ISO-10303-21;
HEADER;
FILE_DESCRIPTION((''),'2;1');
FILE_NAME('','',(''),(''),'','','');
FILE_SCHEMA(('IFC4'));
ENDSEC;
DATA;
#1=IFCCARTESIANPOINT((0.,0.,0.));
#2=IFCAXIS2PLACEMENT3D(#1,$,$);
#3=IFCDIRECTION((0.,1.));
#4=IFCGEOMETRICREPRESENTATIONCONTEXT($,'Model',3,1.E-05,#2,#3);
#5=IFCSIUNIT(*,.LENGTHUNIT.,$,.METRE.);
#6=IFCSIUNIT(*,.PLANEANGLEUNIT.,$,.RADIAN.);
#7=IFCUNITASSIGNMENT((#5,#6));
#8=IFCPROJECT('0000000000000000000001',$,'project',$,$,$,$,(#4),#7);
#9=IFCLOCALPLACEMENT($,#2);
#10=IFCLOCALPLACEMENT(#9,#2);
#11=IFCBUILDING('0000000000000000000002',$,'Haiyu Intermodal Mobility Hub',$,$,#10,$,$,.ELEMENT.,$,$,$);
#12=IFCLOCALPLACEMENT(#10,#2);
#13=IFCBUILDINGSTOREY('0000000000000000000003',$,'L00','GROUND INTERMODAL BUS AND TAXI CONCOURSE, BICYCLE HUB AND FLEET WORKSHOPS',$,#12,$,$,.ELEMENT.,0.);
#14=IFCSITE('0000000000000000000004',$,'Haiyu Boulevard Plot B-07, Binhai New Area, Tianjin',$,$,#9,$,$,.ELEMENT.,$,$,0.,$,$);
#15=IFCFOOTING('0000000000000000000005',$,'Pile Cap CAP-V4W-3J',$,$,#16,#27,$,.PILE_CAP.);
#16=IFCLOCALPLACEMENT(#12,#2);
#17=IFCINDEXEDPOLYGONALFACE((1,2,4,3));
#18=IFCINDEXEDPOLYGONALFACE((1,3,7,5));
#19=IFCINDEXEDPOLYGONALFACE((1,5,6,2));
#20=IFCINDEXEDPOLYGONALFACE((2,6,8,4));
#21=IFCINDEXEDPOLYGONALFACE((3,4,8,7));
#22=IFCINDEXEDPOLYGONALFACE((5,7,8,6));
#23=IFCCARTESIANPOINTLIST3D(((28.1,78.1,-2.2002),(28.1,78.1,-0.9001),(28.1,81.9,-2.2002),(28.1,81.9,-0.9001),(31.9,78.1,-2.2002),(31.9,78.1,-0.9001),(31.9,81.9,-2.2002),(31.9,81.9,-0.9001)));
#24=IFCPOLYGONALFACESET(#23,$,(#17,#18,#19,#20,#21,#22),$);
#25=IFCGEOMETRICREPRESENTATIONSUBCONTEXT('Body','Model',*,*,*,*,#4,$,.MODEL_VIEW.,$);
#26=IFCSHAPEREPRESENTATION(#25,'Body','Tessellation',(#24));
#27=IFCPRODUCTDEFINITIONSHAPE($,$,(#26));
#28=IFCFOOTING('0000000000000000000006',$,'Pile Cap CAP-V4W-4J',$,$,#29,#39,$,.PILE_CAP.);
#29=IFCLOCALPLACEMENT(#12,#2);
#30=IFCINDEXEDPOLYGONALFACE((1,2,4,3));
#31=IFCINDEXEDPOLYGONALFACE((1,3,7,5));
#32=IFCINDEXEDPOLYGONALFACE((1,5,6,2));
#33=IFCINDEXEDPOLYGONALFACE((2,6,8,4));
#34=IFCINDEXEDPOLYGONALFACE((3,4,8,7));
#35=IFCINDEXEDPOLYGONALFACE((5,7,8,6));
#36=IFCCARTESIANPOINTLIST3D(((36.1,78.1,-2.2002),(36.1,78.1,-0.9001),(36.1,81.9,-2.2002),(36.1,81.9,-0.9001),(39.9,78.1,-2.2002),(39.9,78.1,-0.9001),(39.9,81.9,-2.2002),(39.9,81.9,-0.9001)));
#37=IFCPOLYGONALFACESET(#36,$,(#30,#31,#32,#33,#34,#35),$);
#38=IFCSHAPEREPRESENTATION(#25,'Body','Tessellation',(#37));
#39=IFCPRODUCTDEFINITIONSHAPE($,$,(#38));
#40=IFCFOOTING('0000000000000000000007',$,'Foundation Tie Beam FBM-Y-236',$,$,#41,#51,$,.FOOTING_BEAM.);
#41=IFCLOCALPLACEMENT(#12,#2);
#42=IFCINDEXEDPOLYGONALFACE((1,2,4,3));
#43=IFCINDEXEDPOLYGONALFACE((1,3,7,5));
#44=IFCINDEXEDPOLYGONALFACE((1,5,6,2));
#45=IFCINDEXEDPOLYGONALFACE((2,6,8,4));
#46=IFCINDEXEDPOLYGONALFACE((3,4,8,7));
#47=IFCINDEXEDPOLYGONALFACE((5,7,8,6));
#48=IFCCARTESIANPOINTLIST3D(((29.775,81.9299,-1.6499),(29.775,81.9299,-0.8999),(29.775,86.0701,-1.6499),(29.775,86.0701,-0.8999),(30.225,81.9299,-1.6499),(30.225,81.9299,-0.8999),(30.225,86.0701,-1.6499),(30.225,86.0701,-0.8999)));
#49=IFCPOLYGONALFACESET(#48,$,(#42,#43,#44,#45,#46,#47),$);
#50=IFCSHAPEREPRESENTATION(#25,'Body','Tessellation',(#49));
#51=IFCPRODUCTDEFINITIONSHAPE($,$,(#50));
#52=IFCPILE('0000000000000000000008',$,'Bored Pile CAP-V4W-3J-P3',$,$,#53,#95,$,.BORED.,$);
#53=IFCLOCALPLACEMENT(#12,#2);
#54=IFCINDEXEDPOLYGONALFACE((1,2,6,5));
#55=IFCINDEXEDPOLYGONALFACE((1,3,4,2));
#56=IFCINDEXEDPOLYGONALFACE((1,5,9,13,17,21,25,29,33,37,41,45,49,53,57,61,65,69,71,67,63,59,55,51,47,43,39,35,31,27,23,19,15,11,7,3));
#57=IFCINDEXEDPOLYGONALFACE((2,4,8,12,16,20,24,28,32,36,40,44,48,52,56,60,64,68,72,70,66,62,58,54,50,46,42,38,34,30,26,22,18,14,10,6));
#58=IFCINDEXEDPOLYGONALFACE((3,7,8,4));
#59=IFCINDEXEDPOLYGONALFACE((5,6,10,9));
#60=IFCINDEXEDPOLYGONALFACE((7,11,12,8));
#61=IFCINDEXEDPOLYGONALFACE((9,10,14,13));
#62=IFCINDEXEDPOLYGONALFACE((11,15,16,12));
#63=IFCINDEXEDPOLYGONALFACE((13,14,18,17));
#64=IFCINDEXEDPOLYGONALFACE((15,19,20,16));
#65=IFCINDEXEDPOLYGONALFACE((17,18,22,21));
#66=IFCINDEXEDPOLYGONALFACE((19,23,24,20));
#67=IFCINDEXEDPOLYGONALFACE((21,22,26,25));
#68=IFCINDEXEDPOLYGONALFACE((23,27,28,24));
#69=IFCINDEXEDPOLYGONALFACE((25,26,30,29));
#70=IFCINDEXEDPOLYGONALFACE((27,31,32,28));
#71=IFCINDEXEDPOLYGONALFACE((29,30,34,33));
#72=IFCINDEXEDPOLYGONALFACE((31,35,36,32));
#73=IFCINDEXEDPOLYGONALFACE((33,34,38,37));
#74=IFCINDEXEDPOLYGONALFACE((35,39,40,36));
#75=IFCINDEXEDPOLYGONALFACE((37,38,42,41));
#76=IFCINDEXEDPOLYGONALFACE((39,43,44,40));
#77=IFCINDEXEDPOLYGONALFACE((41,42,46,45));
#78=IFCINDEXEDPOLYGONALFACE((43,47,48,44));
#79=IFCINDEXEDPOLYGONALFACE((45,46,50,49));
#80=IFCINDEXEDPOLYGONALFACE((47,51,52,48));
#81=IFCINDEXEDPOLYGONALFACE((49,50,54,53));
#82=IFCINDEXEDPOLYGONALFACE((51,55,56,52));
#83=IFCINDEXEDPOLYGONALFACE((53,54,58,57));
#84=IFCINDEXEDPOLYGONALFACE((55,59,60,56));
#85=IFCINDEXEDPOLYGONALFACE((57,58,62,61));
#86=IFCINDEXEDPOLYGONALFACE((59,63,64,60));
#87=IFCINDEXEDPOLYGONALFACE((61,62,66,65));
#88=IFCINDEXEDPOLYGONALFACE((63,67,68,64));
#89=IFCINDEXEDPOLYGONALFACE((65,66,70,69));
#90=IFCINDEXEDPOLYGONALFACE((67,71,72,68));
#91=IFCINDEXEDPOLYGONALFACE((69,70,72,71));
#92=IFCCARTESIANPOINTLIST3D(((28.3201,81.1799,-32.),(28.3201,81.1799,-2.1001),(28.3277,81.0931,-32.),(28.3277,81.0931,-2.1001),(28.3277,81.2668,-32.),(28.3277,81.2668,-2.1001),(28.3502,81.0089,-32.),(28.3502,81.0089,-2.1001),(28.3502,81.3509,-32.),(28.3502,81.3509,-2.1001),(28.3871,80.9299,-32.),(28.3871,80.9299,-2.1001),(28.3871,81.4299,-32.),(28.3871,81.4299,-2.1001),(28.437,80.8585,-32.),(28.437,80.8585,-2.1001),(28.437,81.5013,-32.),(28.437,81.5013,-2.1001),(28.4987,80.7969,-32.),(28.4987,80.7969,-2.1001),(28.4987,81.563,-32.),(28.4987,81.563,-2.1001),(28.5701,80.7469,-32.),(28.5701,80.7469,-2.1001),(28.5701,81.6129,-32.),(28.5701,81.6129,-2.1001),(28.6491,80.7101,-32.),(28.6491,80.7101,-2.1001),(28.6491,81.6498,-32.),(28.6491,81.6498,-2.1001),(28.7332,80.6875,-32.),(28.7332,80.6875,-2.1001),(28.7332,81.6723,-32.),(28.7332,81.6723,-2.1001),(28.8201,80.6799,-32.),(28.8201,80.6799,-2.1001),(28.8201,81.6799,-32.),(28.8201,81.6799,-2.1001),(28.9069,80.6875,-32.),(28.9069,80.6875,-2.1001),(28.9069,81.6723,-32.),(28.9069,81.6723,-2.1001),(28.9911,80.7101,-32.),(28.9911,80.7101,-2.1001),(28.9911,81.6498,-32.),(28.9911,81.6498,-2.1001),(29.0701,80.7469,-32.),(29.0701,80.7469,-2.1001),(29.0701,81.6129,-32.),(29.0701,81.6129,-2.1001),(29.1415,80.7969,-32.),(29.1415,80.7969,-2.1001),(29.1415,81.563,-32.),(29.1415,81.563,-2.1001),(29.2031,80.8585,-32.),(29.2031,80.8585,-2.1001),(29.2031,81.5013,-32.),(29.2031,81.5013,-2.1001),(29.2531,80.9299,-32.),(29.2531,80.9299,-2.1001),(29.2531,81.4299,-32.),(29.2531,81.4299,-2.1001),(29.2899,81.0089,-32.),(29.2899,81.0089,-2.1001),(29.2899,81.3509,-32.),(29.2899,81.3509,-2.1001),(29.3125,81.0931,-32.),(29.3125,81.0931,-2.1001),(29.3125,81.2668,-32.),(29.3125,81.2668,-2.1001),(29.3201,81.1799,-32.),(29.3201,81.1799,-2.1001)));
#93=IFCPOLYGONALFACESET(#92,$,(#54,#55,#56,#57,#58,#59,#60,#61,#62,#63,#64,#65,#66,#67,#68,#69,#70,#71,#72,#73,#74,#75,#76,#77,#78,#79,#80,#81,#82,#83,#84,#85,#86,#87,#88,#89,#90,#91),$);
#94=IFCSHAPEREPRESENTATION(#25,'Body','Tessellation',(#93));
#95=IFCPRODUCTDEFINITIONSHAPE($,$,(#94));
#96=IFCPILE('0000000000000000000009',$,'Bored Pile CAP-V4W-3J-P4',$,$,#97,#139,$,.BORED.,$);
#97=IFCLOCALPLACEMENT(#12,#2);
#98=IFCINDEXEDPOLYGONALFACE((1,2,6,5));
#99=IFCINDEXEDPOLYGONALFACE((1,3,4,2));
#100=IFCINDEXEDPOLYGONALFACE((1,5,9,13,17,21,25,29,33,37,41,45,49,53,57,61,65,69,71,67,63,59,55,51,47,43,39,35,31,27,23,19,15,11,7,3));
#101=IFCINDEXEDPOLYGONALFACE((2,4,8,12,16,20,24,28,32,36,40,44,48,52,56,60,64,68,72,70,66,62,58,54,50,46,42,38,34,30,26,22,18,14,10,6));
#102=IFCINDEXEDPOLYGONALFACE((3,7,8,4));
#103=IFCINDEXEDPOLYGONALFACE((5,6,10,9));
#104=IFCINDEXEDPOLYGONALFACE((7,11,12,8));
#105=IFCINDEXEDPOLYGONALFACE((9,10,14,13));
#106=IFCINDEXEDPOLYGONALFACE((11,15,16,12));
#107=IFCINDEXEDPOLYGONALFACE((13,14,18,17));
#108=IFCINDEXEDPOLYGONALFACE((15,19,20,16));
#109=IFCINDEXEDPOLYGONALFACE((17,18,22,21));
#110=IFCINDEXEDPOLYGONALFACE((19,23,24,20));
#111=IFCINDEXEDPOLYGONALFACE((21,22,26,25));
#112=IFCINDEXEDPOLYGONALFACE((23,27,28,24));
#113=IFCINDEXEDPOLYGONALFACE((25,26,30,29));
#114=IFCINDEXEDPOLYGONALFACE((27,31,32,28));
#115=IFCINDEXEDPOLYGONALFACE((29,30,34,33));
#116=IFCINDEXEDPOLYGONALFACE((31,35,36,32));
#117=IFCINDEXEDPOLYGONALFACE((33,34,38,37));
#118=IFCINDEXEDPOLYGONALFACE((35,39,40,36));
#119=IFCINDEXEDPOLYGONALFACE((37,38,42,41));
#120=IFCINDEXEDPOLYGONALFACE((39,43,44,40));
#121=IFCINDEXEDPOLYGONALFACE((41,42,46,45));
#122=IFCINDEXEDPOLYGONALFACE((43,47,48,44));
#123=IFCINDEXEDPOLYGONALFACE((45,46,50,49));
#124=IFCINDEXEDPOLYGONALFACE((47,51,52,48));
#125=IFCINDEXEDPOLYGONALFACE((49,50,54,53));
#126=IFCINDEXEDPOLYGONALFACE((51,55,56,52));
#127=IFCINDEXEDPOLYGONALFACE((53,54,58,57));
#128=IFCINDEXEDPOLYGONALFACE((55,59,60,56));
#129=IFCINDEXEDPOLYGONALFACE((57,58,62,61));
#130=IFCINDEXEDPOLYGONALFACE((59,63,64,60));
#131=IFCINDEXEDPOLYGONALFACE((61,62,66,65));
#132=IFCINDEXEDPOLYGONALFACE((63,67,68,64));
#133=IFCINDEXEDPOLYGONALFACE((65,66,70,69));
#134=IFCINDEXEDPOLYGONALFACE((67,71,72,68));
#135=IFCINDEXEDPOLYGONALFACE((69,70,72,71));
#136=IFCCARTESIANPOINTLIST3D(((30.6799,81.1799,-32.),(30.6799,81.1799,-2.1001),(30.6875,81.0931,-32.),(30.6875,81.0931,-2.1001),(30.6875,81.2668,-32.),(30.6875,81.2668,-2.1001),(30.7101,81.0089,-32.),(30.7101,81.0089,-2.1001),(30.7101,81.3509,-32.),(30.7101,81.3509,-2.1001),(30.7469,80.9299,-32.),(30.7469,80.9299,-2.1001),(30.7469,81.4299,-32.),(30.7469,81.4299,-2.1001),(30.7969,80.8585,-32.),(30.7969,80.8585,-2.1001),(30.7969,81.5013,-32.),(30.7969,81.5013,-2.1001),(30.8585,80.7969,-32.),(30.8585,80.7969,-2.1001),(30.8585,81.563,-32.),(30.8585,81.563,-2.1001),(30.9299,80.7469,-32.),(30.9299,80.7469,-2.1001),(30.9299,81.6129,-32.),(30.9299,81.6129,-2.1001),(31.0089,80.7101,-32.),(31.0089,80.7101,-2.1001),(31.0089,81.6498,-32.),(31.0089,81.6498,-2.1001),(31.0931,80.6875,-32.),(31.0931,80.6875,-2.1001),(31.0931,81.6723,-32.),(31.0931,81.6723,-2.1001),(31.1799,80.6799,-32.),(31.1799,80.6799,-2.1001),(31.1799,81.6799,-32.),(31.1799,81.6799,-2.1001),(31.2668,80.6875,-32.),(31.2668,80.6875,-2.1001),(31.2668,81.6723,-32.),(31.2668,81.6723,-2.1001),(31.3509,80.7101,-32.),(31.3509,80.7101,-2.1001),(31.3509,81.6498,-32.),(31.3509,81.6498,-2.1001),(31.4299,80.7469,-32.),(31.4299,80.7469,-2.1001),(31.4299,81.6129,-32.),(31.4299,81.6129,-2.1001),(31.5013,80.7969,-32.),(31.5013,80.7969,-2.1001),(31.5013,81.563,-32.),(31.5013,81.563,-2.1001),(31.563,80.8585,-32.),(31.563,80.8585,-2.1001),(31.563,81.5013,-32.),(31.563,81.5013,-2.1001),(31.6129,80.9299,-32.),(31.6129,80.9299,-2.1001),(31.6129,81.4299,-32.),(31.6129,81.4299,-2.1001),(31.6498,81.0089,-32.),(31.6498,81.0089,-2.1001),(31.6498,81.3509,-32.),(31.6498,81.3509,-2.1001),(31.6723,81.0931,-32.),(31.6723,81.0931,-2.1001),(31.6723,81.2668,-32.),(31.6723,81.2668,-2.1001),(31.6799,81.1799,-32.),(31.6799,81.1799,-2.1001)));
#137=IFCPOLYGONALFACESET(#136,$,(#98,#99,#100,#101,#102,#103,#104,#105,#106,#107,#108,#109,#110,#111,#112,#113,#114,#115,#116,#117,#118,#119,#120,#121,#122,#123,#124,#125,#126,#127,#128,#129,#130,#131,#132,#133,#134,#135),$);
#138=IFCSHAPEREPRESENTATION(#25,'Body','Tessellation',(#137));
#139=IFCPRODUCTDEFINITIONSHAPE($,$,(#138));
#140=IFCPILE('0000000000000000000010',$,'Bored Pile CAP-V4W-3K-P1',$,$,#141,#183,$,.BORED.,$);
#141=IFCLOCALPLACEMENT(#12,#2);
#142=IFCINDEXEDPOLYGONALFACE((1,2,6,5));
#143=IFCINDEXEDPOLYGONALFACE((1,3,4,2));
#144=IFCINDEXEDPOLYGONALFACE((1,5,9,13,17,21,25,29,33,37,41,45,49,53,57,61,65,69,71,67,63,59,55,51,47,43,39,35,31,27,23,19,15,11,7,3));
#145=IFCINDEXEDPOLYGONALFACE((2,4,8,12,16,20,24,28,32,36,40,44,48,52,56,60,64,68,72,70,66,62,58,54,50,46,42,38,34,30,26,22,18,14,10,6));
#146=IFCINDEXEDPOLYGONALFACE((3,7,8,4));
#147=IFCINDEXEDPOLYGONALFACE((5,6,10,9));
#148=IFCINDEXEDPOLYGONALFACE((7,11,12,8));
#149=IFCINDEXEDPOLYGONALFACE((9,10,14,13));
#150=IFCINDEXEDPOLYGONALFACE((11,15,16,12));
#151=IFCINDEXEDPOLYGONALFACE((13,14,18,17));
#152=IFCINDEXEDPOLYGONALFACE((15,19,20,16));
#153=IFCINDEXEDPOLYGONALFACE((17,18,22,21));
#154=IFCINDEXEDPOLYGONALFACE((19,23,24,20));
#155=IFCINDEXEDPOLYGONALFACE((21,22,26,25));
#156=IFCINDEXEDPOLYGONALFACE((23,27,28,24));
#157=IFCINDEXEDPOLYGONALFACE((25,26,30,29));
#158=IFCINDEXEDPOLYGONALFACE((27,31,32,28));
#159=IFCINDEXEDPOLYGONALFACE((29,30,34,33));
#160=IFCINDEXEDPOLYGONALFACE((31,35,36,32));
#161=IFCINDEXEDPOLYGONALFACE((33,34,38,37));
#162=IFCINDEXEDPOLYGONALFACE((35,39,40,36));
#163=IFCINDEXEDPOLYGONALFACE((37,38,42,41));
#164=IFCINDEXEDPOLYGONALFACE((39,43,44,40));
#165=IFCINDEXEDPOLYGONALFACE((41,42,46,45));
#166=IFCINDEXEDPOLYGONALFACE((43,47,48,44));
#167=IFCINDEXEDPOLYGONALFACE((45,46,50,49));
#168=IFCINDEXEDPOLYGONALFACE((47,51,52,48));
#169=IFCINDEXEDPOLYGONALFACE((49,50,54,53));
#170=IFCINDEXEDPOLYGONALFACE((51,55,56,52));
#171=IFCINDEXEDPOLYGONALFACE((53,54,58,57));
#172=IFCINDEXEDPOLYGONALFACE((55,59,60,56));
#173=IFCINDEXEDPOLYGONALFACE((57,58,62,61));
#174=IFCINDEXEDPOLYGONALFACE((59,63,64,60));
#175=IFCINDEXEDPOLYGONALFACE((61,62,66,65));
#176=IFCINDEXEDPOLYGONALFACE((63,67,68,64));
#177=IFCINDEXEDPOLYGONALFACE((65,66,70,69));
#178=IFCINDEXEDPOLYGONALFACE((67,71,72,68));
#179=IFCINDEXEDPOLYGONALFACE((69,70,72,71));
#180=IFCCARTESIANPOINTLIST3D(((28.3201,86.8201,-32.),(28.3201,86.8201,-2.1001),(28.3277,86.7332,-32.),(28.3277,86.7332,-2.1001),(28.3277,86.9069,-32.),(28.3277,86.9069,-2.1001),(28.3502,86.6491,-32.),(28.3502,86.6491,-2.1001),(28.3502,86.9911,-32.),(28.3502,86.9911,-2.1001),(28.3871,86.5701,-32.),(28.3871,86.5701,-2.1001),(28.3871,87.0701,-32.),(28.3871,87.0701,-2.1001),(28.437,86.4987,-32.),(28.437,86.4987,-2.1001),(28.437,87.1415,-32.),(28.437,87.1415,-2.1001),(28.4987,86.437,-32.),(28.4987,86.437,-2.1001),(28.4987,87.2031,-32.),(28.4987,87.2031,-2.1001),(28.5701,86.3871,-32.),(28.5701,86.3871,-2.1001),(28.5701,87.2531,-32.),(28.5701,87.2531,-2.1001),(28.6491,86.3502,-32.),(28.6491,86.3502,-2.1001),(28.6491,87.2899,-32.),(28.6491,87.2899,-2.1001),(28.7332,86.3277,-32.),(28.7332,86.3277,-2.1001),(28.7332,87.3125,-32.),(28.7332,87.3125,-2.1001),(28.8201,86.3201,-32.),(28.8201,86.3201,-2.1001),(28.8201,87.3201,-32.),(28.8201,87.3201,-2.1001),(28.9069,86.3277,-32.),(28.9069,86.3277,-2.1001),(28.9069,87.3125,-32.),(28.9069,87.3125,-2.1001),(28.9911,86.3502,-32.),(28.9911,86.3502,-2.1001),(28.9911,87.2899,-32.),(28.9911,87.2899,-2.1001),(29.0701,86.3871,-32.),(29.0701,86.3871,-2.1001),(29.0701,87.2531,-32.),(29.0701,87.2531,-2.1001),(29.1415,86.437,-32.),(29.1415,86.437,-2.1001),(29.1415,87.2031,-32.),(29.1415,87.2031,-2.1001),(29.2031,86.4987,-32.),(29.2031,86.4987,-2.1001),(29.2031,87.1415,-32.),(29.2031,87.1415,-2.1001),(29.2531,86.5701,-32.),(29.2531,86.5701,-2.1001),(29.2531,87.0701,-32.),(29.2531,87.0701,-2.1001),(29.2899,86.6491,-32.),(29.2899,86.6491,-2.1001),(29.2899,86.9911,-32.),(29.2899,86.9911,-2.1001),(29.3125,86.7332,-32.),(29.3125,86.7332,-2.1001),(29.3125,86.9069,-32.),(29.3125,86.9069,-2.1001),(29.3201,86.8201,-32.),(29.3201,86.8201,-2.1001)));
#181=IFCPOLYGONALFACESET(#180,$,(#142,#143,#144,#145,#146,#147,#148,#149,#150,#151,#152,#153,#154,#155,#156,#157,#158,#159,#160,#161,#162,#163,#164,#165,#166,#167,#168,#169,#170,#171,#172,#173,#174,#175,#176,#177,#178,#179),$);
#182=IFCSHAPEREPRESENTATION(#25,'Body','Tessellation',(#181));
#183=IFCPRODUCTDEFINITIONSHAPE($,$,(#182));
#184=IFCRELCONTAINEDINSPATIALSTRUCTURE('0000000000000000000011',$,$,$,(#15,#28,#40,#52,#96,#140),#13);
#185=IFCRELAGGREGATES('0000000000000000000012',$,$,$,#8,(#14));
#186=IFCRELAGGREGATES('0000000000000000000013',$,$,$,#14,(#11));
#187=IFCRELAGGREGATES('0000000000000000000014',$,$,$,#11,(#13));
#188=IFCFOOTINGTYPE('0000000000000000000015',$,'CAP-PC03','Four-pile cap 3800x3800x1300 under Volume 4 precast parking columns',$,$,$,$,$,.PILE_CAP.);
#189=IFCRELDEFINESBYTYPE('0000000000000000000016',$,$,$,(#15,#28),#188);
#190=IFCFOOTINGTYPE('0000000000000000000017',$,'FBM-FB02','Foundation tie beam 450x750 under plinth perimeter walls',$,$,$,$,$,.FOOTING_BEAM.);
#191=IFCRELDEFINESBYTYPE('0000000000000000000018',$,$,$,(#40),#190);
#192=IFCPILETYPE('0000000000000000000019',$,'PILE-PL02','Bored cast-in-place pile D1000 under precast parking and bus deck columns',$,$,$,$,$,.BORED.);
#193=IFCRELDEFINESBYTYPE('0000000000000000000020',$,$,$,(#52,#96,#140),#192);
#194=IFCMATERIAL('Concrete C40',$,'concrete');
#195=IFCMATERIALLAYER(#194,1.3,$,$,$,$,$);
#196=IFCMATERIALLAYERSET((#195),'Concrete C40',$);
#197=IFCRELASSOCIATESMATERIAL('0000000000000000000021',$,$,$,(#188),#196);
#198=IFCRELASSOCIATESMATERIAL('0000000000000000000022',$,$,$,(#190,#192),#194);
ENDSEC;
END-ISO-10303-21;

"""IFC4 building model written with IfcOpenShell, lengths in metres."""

from ifc_helpers import new_model, si_unit, direction, frame, origin, origin_2d, place, context, subcontext, project, spatial, rectangle, circle, extrude, material, layer, layer_set, material_profile, profile_set, type_object, element, save


model = new_model("IFC4")

# Units and contexts
model_context = context("Model", 3, precision=1e-05, world=origin(), true_north=direction((0.0, 1.0)))
body_context = subcontext(model_context, "Body", "Model", "MODEL_VIEW")
ifc_project = project(units=[si_unit("LENGTHUNIT", "METRE"), si_unit("PLANEANGLEUNIT", "RADIAN")], contexts=[model_context])

# Site, building, storey
site_placement = place(None, origin())
site = spatial("IfcSite", under=ifc_project, at=site_placement, Name="Haiyu Boulevard Plot B-07, Binhai New Area, Tianjin", CompositionType="ELEMENT", RefElevation=0.0)
building_placement = place(site_placement, origin())
building = spatial("IfcBuilding", under=site, at=building_placement, Name="Haiyu Intermodal Mobility Hub", CompositionType="ELEMENT")
storey_placement = place(building_placement, origin())
storey = spatial("IfcBuildingStorey", under=building, at=storey_placement, Name="L00", Description="GROUND INTERMODAL BUS AND TAXI CONCOURSE, BICYCLE HUB AND FLEET WORKSHOPS", CompositionType="ELEMENT", Elevation=0.0)

# Footings
ifc_material_1 = material(Name="Concrete C40", Category="concrete")
ifc_layer_1 = layer(ifc_material_1, 1.3)
ifc_layer_set_1 = layer_set([ifc_layer_1], Name="Concrete C40")
footing_type_1 = type_object("IfcFootingType", Name="CAP-PC03", Description="Four-pile cap 3800x3800x1300 under Volume 4 precast parking columns", PredefinedType="PILE_CAP", material=ifc_layer_set_1)
for number, where, z_axis, x_axis, name in (
    (1, (30.0, 80.0, -2.2002), (0.0, 0.0, 1.0), (1.0, 0.0, 0.0), "Pile Cap CAP-V4W-3J"),
    (2, (38.0, 80.0, -2.2002), (0.0, 0.0, 1.0), (1.0, 0.0, 0.0), "Pile Cap CAP-V4W-4J"),
):
    element("IfcFooting", number, at=place(storey_placement, frame(where, z_axis=z_axis, x_axis=x_axis)), inside=storey, type_object=footing_type_1, Name=name, PredefinedType="PILE_CAP", context=body_context, shape_type="SweptSolid", body=[
        extrude(rectangle(XDim=3.8, YDim=3.8, at=origin_2d()), origin(), (0.0, 0.0, 1.0), 1.3),
    ])
ifc_material_profile_1 = material_profile(ifc_material_1, rectangle(XDim=0.45, YDim=0.75, at=origin_2d()), Name="FB450x750")
ifc_profile_set_1 = profile_set([ifc_material_profile_1], Name="Concrete C40")
footing_type_2 = type_object("IfcFootingType", Name="FBM-FB02", Description="Foundation tie beam 450x750 under plinth perimeter walls", PredefinedType="FOOTING_BEAM", material=ifc_profile_set_1)
footing_placement = place(storey_placement, frame((30.0, 81.9299, -1.2749), z_axis=(0.0, 1.0, 0.0), x_axis=(-1.0, 0.0, 0.0)))
element("IfcFooting", 3, at=footing_placement, inside=storey, type_object=footing_type_2, Name="Foundation Tie Beam FBM-Y-236", PredefinedType="FOOTING_BEAM", context=body_context, shape_type="SweptSolid", body=[
    extrude(rectangle(XDim=0.45, YDim=0.75, at=origin_2d()), origin(), (0.0, 0.0, 1.0), 4.1401),
])

# Piles
ifc_material_profile_2 = material_profile(ifc_material_1, circle(Radius=0.5, at=origin_2d()), Name="PILE-D1000")
ifc_profile_set_2 = profile_set([ifc_material_profile_2], Name="Concrete C40")
pile_type = type_object("IfcPileType", Name="PILE-PL02", Description="Bored cast-in-place pile D1000 under precast parking and bus deck columns", PredefinedType="BORED", material=ifc_profile_set_2)
for number, where, z_axis, x_axis, name in (
    (4, (28.8201, 81.1799, -2.1001), (0.0, 0.0, -1.0), (1.0, 0.0, 0.0), "Bored Pile CAP-V4W-3J-P3"),
    (5, (31.1799, 81.1799, -2.1001), (0.0, 0.0, -1.0), (1.0, 0.0, 0.0), "Bored Pile CAP-V4W-3J-P4"),
    (6, (28.8201, 86.8201, -2.1001), (0.0, 0.0, -1.0), (1.0, 0.0, 0.0), "Bored Pile CAP-V4W-3K-P1"),
):
    element("IfcPile", number, at=place(storey_placement, frame(where, z_axis=z_axis, x_axis=x_axis)), inside=storey, type_object=pile_type, Name=name, PredefinedType="BORED", context=body_context, shape_type="SweptSolid", body=[
        extrude(circle(Radius=0.5, at=origin_2d()), origin(), (0.0, 0.0, 1.0), 29.8999),
    ])

save(model, "model.ifc")
